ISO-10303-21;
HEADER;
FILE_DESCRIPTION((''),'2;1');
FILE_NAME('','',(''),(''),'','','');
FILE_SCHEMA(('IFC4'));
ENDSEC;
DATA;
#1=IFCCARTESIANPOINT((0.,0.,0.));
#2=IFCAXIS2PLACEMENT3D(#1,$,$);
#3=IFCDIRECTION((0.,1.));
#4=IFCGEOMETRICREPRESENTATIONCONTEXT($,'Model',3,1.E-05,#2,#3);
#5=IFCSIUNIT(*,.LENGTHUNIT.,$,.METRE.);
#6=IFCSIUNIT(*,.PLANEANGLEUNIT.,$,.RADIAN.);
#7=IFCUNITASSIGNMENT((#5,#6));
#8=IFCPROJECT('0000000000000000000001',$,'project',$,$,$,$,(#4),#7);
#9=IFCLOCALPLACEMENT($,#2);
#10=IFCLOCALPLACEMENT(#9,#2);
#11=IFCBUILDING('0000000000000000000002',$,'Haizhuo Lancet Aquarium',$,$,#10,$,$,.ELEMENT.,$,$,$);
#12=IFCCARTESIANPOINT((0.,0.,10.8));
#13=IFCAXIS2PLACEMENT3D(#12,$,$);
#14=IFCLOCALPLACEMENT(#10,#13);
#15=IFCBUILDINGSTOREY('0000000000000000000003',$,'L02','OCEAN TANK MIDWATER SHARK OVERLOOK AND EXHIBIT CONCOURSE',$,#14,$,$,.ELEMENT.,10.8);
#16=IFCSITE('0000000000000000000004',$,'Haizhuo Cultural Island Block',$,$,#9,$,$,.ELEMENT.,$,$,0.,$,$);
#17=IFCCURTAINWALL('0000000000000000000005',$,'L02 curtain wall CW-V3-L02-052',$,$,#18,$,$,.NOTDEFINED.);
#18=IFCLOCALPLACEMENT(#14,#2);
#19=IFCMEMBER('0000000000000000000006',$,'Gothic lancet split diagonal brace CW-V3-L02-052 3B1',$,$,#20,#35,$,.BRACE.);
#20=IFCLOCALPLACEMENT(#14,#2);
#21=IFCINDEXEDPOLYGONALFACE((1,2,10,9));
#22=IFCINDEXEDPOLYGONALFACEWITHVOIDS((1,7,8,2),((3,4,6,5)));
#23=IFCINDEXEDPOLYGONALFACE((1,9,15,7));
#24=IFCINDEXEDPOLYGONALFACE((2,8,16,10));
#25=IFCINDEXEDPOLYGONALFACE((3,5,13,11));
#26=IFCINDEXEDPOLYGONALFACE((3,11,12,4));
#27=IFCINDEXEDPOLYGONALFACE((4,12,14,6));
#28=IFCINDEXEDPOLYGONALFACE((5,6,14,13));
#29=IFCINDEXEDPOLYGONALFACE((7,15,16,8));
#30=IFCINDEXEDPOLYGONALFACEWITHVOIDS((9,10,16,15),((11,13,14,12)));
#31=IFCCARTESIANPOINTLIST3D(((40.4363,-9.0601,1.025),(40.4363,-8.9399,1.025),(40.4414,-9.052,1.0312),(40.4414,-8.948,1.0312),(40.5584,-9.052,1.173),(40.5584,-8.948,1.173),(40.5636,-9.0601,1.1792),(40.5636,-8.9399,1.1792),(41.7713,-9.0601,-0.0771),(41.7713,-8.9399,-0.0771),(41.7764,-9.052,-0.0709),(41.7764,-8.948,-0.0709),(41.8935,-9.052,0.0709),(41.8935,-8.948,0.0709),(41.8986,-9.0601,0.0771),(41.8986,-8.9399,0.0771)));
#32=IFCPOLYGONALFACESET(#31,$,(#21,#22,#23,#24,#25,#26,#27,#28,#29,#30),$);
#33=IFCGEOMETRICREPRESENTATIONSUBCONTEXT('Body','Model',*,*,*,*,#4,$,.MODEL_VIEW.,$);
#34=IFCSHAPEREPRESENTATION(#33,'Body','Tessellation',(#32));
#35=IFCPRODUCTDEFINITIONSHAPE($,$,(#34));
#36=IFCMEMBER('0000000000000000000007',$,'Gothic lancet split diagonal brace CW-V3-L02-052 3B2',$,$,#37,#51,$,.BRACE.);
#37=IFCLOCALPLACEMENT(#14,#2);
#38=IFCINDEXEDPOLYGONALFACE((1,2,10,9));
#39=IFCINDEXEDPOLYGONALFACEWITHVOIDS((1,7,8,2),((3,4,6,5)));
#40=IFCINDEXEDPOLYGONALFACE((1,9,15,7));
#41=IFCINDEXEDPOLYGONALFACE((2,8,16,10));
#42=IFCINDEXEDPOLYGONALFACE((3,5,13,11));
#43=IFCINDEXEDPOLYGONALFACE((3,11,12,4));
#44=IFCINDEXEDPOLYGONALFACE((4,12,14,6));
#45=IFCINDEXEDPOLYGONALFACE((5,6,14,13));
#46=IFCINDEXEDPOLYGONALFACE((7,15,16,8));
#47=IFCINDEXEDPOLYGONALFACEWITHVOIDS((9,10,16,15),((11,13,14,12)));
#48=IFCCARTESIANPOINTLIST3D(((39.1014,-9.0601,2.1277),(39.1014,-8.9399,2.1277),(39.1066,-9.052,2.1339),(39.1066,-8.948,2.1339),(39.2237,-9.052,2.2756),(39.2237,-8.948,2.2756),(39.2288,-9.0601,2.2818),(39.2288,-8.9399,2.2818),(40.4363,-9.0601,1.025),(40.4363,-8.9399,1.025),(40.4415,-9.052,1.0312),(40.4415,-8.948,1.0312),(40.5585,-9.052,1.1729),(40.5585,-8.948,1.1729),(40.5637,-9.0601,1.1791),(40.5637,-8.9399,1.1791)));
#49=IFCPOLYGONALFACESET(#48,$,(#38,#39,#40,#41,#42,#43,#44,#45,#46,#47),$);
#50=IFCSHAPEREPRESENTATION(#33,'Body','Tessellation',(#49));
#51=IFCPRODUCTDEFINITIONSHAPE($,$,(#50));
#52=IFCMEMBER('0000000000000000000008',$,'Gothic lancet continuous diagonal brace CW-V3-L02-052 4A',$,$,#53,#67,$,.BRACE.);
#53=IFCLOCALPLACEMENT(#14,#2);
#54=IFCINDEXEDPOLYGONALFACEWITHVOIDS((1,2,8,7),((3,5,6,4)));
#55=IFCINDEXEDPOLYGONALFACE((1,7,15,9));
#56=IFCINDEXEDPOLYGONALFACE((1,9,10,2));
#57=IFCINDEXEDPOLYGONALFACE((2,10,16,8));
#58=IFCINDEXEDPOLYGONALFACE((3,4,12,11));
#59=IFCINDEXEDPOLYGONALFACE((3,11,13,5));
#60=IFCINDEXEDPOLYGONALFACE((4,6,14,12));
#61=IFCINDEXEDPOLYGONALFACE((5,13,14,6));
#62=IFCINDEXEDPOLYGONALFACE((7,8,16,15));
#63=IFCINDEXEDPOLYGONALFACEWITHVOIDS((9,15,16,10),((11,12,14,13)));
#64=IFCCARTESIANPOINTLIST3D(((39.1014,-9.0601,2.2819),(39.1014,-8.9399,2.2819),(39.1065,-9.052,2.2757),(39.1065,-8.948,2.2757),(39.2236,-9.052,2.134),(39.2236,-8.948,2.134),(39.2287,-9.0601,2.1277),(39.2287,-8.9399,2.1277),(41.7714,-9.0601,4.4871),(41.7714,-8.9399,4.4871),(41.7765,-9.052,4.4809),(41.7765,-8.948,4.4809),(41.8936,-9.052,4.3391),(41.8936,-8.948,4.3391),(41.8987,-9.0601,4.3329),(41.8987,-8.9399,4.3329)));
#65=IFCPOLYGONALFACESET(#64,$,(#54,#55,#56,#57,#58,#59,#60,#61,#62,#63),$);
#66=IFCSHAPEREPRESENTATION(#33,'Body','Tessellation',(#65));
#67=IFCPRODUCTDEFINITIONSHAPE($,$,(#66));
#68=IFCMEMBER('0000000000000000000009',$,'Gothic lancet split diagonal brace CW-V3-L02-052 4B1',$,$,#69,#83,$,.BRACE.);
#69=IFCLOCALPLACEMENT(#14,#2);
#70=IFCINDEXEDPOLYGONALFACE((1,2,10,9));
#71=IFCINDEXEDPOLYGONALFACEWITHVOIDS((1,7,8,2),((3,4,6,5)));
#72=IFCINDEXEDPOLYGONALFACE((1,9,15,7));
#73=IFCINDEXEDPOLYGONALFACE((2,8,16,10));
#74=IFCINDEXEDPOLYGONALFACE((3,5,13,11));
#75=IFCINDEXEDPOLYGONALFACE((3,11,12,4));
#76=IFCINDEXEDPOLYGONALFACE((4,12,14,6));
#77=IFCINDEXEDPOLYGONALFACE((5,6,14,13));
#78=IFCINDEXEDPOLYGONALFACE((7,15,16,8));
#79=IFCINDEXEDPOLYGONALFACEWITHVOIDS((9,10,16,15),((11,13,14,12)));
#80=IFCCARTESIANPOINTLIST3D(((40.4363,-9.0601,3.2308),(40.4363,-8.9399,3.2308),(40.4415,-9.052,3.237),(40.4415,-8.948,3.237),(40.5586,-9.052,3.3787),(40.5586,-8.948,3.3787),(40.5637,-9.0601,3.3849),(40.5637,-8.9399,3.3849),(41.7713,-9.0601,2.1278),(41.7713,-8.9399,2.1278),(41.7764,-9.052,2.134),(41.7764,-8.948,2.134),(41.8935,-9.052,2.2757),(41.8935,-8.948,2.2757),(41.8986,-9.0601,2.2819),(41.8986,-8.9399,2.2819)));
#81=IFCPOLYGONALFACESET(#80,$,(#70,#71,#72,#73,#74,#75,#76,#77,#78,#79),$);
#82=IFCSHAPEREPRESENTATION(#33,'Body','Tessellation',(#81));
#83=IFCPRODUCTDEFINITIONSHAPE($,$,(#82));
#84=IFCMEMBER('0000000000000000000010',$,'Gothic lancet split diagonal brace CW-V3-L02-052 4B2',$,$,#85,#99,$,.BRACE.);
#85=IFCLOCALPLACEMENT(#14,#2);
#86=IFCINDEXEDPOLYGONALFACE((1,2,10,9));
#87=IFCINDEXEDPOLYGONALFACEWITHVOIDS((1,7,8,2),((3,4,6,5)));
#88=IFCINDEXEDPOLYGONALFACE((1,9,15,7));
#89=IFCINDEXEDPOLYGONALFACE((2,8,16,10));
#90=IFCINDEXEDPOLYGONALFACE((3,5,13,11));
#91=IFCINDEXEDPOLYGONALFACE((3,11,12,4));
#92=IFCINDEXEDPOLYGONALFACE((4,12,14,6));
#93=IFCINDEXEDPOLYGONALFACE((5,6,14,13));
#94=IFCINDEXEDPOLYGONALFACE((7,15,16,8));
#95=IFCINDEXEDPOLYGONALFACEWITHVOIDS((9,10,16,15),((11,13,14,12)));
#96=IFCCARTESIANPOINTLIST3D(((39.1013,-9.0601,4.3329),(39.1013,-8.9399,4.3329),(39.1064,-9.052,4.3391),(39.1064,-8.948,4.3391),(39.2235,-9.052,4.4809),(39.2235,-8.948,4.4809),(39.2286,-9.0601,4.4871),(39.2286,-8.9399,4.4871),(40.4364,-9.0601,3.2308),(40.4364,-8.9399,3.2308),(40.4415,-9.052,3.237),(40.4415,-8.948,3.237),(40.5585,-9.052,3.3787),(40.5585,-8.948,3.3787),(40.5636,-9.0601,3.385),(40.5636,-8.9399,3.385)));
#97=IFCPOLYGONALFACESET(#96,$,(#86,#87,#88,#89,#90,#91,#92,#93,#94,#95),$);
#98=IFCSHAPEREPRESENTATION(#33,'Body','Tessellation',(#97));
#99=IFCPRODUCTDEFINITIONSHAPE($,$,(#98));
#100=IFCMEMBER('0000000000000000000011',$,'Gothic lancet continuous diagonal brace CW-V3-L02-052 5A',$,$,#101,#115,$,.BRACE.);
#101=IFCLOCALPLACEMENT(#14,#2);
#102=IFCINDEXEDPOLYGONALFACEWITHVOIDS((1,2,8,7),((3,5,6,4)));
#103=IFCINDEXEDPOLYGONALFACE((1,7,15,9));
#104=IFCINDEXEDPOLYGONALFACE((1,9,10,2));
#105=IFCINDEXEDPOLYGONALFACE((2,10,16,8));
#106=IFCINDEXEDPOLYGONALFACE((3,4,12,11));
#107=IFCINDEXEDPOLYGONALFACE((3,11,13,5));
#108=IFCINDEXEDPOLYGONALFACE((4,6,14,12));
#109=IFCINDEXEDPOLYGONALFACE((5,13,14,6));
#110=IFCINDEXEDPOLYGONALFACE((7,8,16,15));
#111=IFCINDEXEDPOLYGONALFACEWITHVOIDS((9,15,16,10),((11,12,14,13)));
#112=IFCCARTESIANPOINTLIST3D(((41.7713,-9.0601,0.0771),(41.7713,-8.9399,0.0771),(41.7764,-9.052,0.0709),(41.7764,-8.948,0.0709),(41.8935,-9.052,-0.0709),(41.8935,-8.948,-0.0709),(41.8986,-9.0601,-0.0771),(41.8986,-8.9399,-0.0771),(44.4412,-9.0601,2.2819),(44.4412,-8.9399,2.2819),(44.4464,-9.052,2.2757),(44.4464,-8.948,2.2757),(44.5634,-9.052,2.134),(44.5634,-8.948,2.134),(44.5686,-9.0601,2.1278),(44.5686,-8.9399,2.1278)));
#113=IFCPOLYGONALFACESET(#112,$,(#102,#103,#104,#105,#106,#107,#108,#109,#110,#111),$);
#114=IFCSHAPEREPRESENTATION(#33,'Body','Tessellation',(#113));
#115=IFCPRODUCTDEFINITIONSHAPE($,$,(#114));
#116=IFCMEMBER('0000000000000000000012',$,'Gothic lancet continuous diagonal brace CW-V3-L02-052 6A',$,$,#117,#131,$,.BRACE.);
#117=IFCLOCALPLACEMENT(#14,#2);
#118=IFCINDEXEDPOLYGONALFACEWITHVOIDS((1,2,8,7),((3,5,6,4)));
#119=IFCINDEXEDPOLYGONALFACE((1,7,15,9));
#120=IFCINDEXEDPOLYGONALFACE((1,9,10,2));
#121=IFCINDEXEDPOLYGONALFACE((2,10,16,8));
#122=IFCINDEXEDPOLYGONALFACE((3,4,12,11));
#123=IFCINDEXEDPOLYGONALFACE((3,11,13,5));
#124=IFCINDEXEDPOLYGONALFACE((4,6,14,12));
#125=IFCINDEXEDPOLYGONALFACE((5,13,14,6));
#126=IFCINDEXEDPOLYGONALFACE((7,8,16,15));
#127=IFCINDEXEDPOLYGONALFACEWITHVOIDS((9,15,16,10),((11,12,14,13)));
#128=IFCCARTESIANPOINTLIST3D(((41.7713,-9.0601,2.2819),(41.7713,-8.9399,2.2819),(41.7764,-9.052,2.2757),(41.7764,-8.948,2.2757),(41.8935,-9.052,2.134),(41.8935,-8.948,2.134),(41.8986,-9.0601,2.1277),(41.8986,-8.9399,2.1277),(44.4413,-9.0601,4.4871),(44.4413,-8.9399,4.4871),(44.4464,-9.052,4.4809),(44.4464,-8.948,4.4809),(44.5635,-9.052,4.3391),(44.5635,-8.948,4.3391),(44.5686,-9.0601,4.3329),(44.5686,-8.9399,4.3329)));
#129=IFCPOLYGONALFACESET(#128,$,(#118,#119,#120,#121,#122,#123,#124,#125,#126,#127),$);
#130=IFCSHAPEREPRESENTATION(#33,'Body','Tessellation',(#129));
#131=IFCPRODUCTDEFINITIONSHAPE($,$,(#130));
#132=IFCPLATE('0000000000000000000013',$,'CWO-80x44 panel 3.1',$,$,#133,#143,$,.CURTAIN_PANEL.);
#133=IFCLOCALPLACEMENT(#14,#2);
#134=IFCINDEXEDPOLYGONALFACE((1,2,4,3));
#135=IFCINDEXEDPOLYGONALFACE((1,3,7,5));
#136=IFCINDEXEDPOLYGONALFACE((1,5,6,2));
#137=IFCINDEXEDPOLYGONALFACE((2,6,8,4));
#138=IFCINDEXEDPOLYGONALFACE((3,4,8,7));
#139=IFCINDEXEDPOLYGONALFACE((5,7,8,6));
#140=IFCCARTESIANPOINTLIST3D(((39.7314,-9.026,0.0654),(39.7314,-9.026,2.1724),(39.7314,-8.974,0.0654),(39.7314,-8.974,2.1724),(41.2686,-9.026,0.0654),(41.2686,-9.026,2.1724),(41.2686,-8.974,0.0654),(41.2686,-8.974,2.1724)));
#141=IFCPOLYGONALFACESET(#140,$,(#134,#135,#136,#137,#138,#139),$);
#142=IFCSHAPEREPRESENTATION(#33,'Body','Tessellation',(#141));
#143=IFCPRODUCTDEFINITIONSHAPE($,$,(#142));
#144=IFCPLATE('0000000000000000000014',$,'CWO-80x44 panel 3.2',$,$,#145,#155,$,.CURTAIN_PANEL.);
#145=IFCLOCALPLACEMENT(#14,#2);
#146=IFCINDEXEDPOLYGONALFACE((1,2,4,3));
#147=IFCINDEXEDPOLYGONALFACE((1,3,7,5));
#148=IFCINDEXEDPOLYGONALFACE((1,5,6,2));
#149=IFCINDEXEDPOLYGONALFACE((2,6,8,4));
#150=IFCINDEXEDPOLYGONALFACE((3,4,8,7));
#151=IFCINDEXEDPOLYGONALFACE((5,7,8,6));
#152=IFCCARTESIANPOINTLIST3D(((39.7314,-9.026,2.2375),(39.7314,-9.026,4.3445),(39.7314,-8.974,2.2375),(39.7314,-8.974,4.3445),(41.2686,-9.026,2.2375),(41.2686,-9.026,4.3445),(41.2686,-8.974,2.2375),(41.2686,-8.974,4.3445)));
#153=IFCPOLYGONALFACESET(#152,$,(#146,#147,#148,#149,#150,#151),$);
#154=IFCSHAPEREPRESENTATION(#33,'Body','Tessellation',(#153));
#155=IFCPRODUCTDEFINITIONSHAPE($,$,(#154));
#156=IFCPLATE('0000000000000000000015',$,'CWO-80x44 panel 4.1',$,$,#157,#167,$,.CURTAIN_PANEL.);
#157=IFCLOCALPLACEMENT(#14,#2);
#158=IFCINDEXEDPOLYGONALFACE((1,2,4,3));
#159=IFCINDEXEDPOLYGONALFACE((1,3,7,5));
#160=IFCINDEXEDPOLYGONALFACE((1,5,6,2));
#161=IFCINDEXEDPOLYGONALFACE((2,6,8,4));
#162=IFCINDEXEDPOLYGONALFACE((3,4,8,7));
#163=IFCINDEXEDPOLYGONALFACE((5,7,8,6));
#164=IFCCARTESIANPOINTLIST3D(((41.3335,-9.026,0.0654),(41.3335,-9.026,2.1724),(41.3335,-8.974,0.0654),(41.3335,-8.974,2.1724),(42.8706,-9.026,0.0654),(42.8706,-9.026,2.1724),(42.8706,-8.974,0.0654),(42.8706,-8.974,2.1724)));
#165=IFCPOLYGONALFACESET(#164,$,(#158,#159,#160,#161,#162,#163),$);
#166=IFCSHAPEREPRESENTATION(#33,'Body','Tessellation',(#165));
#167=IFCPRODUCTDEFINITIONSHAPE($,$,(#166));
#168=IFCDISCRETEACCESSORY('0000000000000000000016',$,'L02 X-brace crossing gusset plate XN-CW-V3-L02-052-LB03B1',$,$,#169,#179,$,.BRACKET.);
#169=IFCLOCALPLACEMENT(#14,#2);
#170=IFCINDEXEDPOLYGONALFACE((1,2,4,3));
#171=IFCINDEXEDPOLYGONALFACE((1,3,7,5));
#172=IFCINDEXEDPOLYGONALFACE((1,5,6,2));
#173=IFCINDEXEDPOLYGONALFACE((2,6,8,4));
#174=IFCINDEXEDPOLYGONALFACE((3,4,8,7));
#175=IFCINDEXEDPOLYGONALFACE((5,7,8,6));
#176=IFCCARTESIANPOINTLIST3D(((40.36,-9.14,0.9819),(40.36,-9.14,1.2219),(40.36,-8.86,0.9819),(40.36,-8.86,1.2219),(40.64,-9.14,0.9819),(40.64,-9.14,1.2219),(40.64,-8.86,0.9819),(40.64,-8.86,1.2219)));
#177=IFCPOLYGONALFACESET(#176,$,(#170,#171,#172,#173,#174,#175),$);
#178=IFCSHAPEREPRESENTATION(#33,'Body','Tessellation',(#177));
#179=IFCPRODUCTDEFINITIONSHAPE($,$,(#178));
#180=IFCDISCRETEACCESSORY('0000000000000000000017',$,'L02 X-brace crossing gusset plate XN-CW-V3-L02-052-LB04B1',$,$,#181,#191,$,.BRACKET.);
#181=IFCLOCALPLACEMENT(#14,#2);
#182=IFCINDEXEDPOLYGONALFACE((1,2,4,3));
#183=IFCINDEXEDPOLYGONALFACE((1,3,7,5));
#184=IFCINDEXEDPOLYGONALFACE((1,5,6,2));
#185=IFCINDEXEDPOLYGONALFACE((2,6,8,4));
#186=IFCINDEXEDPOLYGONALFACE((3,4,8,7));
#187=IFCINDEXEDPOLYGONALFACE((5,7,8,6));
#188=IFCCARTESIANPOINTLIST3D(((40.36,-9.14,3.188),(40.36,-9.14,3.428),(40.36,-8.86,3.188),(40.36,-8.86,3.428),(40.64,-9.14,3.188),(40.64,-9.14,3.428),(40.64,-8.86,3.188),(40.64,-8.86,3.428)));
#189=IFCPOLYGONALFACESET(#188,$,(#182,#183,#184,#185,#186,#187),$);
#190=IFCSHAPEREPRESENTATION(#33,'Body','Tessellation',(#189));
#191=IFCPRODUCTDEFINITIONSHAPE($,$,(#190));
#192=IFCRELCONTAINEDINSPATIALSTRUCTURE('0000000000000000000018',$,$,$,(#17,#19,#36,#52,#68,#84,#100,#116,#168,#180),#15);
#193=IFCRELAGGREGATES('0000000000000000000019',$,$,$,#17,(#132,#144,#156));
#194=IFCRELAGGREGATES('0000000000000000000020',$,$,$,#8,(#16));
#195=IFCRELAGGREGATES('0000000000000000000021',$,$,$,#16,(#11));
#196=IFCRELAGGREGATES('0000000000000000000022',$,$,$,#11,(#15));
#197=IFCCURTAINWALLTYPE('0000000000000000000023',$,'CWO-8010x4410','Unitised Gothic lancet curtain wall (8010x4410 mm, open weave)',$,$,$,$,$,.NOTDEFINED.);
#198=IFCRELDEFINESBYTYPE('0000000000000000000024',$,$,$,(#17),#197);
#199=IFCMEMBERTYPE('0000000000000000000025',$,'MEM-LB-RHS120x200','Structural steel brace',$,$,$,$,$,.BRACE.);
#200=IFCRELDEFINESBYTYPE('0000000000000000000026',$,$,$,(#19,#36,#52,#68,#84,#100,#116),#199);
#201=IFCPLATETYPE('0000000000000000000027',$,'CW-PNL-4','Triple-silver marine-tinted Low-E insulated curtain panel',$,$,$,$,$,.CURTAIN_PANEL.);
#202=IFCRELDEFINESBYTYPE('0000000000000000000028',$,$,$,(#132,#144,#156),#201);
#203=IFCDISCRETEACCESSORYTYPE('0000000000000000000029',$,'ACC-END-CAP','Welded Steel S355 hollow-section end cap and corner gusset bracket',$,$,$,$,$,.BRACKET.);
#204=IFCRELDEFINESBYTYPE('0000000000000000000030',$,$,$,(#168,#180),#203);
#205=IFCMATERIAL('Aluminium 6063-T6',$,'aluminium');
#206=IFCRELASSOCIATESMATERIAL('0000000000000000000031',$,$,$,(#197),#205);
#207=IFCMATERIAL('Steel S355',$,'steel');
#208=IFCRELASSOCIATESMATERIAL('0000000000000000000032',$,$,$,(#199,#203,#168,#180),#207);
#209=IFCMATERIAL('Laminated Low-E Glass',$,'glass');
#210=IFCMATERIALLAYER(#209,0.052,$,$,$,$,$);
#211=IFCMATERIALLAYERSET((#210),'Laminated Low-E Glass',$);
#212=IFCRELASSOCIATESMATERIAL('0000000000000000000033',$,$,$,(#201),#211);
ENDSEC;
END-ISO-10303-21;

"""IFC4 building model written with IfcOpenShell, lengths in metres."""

from ifc_helpers import new_model, si_unit, direction, frame, origin, origin_2d, place, context, subcontext, project, spatial, rectangle, hollow_rectangle, extrude, material, layer, layer_set, material_profile, profile_set, type_object, element, aggregate, save


model = new_model("IFC4")

# Units and contexts
model_context = context("Model", 3, precision=1e-05, world=origin(), true_north=direction((0.0, 1.0)))
body_context = subcontext(model_context, "Body", "Model", "MODEL_VIEW")
ifc_project = project(units=[si_unit("LENGTHUNIT", "METRE"), si_unit("PLANEANGLEUNIT", "RADIAN")], contexts=[model_context])

# Site, building, storey
site_placement = place(None, origin())
site = spatial("IfcSite", under=ifc_project, at=site_placement, Name="Haizhuo Cultural Island Block", CompositionType="ELEMENT", RefElevation=0.0)
building_placement = place(site_placement, origin())
building = spatial("IfcBuilding", under=site, at=building_placement, Name="Haizhuo Lancet Aquarium", CompositionType="ELEMENT")
storey_placement = place(building_placement, frame((0.0, 0.0, 10.8)))
storey = spatial("IfcBuildingStorey", under=building, at=storey_placement, Name="L02", Description="OCEAN TANK MIDWATER SHARK OVERLOOK AND EXHIBIT CONCOURSE", CompositionType="ELEMENT", Elevation=10.8)

# Curtain wall
ifc_material_1 = material(Name="Aluminium 6063-T6", Category="aluminium")
curtain_wall_type = type_object("IfcCurtainWallType", Name="CWO-8010x4410", Description="Unitised Gothic lancet curtain wall (8010x4410 mm, open weave)", PredefinedType="NOTDEFINED", material=ifc_material_1)
curtain_wall_placement = place(storey_placement, origin())
curtain_wall = element("IfcCurtainWall", 1, at=curtain_wall_placement, inside=storey, type_object=curtain_wall_type, Name="L02 curtain wall CW-V3-L02-052", PredefinedType="NOTDEFINED")

# Members
ifc_material_2 = material(Name="Steel S355", Category="steel")
ifc_material_profile_1 = material_profile(ifc_material_2, hollow_rectangle(XDim=0.1201, YDim=0.2, WallThickness=0.0081, at=origin_2d()), Name="RHS 120x200x8")
ifc_profile_set_1 = profile_set([ifc_material_profile_1], Name="Steel S355")
member_type_1 = type_object("IfcMemberType", Name="MEM-LB-RHS120x200", Description="Structural steel brace", PredefinedType="BRACE", material=ifc_profile_set_1)
member_1_placement = place(storey_placement, frame((41.835, -9.0, 0.0), z_axis=(-0.771172, 0.0, 0.636626), x_axis=(0.0, -1.0, 0.0)))
element("IfcMember", 2, at=member_1_placement, inside=storey, type_object=member_type_1, Name="Gothic lancet split diagonal brace CW-V3-L02-052 3B1", PredefinedType="BRACE", context=body_context, shape_type="SweptSolid", body=[
    extrude(hollow_rectangle(XDim=0.1201, YDim=0.2, WallThickness=0.0081, at=origin_2d()), origin(), (0.0, 0.0, 1.0), 1.7312),
])
member_2_placement = place(storey_placement, frame((40.5, -9.0, 1.1021), z_axis=(-0.770965, 0.0, 0.636878), x_axis=(0.0, -1.0, 0.0)))
element("IfcMember", 3, at=member_2_placement, inside=storey, type_object=member_type_1, Name="Gothic lancet split diagonal brace CW-V3-L02-052 3B2", PredefinedType="BRACE", context=body_context, shape_type="SweptSolid", body=[
    extrude(hollow_rectangle(XDim=0.1201, YDim=0.2, WallThickness=0.0081, at=origin_2d()), origin(), (0.0, 0.0, 1.0), 1.7314),
])
member_3_placement = place(storey_placement, frame((39.165, -9.0, 2.2048), z_axis=(0.771034, 0.0, 0.636794), x_axis=(0.0, 1.0, 0.0)))
element("IfcMember", 4, at=member_3_placement, inside=storey, type_object=member_type_1, Name="Gothic lancet continuous diagonal brace CW-V3-L02-052 4A", PredefinedType="BRACE", context=body_context, shape_type="SweptSolid", body=[
    extrude(hollow_rectangle(XDim=0.1201, YDim=0.2, WallThickness=0.0081, at=origin_2d()), origin(), (0.0, 0.0, 1.0), 3.4629),
])
member_4_placement = place(storey_placement, frame((41.835, -9.0, 2.2048), z_axis=(-0.770896, 0.0, 0.636962), x_axis=(0.0, -1.0, 0.0)))
element("IfcMember", 5, at=member_4_placement, inside=storey, type_object=member_type_1, Name="Gothic lancet split diagonal brace CW-V3-L02-052 4B1", PredefinedType="BRACE", context=body_context, shape_type="SweptSolid", body=[
    extrude(hollow_rectangle(XDim=0.1201, YDim=0.2, WallThickness=0.0081, at=origin_2d()), origin(), (0.0, 0.0, 1.0), 1.7317),
])
member_5_placement = place(storey_placement, frame((40.5, -9.0, 3.3079), z_axis=(-0.771172, 0.0, 0.636626), x_axis=(0.0, -1.0, 0.0)))
element("IfcMember", 6, at=member_5_placement, inside=storey, type_object=member_type_1, Name="Gothic lancet split diagonal brace CW-V3-L02-052 4B2", PredefinedType="BRACE", context=body_context, shape_type="SweptSolid", body=[
    extrude(hollow_rectangle(XDim=0.1201, YDim=0.2, WallThickness=0.0081, at=origin_2d()), origin(), (0.0, 0.0, 1.0), 1.7312),
])
member_6_placement = place(storey_placement, frame((41.835, -9.0, 0.0), z_axis=(0.771069, 0.0, 0.636752), x_axis=(0.0, 1.0, 0.0)))
element("IfcMember", 7, at=member_6_placement, inside=storey, type_object=member_type_1, Name="Gothic lancet continuous diagonal brace CW-V3-L02-052 5A", PredefinedType="BRACE", context=body_context, shape_type="SweptSolid", body=[
    extrude(hollow_rectangle(XDim=0.1201, YDim=0.2, WallThickness=0.0081, at=origin_2d()), origin(), (0.0, 0.0, 1.0), 3.4626),
])
member_7_placement = place(storey_placement, frame((41.835, -9.0, 2.2048), z_axis=(0.771034, 0.0, 0.636794), x_axis=(0.0, 1.0, 0.0)))
element("IfcMember", 8, at=member_7_placement, inside=storey, type_object=member_type_1, Name="Gothic lancet continuous diagonal brace CW-V3-L02-052 6A", PredefinedType="BRACE", context=body_context, shape_type="SweptSolid", body=[
    extrude(hollow_rectangle(XDim=0.1201, YDim=0.2, WallThickness=0.0081, at=origin_2d()), origin(), (0.0, 0.0, 1.0), 3.4629),
])

# Plates
ifc_material_3 = material(Name="Laminated Low-E Glass", Category="glass")
ifc_layer = layer(ifc_material_3, 0.052)
ifc_layer_set = layer_set([ifc_layer], Name="Laminated Low-E Glass")
plate_type = type_object("IfcPlateType", Name="CW-PNL-4", Description="Triple-silver marine-tinted Low-E insulated curtain panel", PredefinedType="CURTAIN_PANEL", material=ifc_layer_set)
plate_1_placement = place(storey_placement, frame((40.5, -9.0, 0.0654), z_axis=(0.0, 0.0, 1.0), x_axis=(1.0, 0.0, 0.0)))
plate_1 = element("IfcPlate", 9, at=plate_1_placement, type_object=plate_type, Name="CWO-80x44 panel 3.1", PredefinedType="CURTAIN_PANEL", context=body_context, shape_type="SweptSolid", body=[
    extrude(rectangle(XDim=1.5371, YDim=0.052, at=origin_2d()), origin(), (0.0, 0.0, 1.0), 2.1069),
])
plate_2_placement = place(storey_placement, frame((40.5, -9.0, 2.2375), z_axis=(0.0, 0.0, 1.0), x_axis=(1.0, 0.0, 0.0)))
plate_2 = element("IfcPlate", 10, at=plate_2_placement, type_object=plate_type, Name="CWO-80x44 panel 3.2", PredefinedType="CURTAIN_PANEL", context=body_context, shape_type="SweptSolid", body=[
    extrude(rectangle(XDim=1.5371, YDim=0.052, at=origin_2d()), origin(), (0.0, 0.0, 1.0), 2.1069),
])
plate_3_placement = place(storey_placement, frame((42.1021, -9.0, 0.0654), z_axis=(0.0, 0.0, 1.0), x_axis=(1.0, 0.0, 0.0)))
plate_3 = element("IfcPlate", 11, at=plate_3_placement, type_object=plate_type, Name="CWO-80x44 panel 4.1", PredefinedType="CURTAIN_PANEL", context=body_context, shape_type="SweptSolid", body=[
    extrude(rectangle(XDim=1.5371, YDim=0.052, at=origin_2d()), origin(), (0.0, 0.0, 1.0), 2.1069),
])
aggregate(curtain_wall, [plate_1, plate_2, plate_3])

# Discrete accessories
discrete_accessory_type = type_object("IfcDiscreteAccessoryType", Name="ACC-END-CAP", Description="Welded Steel S355 hollow-section end cap and corner gusset bracket", PredefinedType="BRACKET", material=ifc_material_2)
for number, where, z_axis, x_axis, name in (
    (12, (40.5, -9.0, 0.9819), (0.0, 0.0, 1.0), (1.0, 0.0, 0.0), "L02 X-brace crossing gusset plate XN-CW-V3-L02-052-LB03B1"),
    (13, (40.5, -9.0, 3.188), (0.0, 0.0, 1.0), (1.0, 0.0, 0.0), "L02 X-brace crossing gusset plate XN-CW-V3-L02-052-LB04B1"),
):
    element("IfcDiscreteAccessory", number, at=place(storey_placement, frame(where, z_axis=z_axis, x_axis=x_axis)), inside=storey, type_object=discrete_accessory_type, material=ifc_material_2, Name=name, PredefinedType="BRACKET", context=body_context, shape_type="SweptSolid", body=[
        extrude(rectangle(XDim=0.28, YDim=0.28, at=origin_2d()), origin(), (0.0, 0.0, 1.0), 0.24),
    ])

save(model, "model.ifc")
